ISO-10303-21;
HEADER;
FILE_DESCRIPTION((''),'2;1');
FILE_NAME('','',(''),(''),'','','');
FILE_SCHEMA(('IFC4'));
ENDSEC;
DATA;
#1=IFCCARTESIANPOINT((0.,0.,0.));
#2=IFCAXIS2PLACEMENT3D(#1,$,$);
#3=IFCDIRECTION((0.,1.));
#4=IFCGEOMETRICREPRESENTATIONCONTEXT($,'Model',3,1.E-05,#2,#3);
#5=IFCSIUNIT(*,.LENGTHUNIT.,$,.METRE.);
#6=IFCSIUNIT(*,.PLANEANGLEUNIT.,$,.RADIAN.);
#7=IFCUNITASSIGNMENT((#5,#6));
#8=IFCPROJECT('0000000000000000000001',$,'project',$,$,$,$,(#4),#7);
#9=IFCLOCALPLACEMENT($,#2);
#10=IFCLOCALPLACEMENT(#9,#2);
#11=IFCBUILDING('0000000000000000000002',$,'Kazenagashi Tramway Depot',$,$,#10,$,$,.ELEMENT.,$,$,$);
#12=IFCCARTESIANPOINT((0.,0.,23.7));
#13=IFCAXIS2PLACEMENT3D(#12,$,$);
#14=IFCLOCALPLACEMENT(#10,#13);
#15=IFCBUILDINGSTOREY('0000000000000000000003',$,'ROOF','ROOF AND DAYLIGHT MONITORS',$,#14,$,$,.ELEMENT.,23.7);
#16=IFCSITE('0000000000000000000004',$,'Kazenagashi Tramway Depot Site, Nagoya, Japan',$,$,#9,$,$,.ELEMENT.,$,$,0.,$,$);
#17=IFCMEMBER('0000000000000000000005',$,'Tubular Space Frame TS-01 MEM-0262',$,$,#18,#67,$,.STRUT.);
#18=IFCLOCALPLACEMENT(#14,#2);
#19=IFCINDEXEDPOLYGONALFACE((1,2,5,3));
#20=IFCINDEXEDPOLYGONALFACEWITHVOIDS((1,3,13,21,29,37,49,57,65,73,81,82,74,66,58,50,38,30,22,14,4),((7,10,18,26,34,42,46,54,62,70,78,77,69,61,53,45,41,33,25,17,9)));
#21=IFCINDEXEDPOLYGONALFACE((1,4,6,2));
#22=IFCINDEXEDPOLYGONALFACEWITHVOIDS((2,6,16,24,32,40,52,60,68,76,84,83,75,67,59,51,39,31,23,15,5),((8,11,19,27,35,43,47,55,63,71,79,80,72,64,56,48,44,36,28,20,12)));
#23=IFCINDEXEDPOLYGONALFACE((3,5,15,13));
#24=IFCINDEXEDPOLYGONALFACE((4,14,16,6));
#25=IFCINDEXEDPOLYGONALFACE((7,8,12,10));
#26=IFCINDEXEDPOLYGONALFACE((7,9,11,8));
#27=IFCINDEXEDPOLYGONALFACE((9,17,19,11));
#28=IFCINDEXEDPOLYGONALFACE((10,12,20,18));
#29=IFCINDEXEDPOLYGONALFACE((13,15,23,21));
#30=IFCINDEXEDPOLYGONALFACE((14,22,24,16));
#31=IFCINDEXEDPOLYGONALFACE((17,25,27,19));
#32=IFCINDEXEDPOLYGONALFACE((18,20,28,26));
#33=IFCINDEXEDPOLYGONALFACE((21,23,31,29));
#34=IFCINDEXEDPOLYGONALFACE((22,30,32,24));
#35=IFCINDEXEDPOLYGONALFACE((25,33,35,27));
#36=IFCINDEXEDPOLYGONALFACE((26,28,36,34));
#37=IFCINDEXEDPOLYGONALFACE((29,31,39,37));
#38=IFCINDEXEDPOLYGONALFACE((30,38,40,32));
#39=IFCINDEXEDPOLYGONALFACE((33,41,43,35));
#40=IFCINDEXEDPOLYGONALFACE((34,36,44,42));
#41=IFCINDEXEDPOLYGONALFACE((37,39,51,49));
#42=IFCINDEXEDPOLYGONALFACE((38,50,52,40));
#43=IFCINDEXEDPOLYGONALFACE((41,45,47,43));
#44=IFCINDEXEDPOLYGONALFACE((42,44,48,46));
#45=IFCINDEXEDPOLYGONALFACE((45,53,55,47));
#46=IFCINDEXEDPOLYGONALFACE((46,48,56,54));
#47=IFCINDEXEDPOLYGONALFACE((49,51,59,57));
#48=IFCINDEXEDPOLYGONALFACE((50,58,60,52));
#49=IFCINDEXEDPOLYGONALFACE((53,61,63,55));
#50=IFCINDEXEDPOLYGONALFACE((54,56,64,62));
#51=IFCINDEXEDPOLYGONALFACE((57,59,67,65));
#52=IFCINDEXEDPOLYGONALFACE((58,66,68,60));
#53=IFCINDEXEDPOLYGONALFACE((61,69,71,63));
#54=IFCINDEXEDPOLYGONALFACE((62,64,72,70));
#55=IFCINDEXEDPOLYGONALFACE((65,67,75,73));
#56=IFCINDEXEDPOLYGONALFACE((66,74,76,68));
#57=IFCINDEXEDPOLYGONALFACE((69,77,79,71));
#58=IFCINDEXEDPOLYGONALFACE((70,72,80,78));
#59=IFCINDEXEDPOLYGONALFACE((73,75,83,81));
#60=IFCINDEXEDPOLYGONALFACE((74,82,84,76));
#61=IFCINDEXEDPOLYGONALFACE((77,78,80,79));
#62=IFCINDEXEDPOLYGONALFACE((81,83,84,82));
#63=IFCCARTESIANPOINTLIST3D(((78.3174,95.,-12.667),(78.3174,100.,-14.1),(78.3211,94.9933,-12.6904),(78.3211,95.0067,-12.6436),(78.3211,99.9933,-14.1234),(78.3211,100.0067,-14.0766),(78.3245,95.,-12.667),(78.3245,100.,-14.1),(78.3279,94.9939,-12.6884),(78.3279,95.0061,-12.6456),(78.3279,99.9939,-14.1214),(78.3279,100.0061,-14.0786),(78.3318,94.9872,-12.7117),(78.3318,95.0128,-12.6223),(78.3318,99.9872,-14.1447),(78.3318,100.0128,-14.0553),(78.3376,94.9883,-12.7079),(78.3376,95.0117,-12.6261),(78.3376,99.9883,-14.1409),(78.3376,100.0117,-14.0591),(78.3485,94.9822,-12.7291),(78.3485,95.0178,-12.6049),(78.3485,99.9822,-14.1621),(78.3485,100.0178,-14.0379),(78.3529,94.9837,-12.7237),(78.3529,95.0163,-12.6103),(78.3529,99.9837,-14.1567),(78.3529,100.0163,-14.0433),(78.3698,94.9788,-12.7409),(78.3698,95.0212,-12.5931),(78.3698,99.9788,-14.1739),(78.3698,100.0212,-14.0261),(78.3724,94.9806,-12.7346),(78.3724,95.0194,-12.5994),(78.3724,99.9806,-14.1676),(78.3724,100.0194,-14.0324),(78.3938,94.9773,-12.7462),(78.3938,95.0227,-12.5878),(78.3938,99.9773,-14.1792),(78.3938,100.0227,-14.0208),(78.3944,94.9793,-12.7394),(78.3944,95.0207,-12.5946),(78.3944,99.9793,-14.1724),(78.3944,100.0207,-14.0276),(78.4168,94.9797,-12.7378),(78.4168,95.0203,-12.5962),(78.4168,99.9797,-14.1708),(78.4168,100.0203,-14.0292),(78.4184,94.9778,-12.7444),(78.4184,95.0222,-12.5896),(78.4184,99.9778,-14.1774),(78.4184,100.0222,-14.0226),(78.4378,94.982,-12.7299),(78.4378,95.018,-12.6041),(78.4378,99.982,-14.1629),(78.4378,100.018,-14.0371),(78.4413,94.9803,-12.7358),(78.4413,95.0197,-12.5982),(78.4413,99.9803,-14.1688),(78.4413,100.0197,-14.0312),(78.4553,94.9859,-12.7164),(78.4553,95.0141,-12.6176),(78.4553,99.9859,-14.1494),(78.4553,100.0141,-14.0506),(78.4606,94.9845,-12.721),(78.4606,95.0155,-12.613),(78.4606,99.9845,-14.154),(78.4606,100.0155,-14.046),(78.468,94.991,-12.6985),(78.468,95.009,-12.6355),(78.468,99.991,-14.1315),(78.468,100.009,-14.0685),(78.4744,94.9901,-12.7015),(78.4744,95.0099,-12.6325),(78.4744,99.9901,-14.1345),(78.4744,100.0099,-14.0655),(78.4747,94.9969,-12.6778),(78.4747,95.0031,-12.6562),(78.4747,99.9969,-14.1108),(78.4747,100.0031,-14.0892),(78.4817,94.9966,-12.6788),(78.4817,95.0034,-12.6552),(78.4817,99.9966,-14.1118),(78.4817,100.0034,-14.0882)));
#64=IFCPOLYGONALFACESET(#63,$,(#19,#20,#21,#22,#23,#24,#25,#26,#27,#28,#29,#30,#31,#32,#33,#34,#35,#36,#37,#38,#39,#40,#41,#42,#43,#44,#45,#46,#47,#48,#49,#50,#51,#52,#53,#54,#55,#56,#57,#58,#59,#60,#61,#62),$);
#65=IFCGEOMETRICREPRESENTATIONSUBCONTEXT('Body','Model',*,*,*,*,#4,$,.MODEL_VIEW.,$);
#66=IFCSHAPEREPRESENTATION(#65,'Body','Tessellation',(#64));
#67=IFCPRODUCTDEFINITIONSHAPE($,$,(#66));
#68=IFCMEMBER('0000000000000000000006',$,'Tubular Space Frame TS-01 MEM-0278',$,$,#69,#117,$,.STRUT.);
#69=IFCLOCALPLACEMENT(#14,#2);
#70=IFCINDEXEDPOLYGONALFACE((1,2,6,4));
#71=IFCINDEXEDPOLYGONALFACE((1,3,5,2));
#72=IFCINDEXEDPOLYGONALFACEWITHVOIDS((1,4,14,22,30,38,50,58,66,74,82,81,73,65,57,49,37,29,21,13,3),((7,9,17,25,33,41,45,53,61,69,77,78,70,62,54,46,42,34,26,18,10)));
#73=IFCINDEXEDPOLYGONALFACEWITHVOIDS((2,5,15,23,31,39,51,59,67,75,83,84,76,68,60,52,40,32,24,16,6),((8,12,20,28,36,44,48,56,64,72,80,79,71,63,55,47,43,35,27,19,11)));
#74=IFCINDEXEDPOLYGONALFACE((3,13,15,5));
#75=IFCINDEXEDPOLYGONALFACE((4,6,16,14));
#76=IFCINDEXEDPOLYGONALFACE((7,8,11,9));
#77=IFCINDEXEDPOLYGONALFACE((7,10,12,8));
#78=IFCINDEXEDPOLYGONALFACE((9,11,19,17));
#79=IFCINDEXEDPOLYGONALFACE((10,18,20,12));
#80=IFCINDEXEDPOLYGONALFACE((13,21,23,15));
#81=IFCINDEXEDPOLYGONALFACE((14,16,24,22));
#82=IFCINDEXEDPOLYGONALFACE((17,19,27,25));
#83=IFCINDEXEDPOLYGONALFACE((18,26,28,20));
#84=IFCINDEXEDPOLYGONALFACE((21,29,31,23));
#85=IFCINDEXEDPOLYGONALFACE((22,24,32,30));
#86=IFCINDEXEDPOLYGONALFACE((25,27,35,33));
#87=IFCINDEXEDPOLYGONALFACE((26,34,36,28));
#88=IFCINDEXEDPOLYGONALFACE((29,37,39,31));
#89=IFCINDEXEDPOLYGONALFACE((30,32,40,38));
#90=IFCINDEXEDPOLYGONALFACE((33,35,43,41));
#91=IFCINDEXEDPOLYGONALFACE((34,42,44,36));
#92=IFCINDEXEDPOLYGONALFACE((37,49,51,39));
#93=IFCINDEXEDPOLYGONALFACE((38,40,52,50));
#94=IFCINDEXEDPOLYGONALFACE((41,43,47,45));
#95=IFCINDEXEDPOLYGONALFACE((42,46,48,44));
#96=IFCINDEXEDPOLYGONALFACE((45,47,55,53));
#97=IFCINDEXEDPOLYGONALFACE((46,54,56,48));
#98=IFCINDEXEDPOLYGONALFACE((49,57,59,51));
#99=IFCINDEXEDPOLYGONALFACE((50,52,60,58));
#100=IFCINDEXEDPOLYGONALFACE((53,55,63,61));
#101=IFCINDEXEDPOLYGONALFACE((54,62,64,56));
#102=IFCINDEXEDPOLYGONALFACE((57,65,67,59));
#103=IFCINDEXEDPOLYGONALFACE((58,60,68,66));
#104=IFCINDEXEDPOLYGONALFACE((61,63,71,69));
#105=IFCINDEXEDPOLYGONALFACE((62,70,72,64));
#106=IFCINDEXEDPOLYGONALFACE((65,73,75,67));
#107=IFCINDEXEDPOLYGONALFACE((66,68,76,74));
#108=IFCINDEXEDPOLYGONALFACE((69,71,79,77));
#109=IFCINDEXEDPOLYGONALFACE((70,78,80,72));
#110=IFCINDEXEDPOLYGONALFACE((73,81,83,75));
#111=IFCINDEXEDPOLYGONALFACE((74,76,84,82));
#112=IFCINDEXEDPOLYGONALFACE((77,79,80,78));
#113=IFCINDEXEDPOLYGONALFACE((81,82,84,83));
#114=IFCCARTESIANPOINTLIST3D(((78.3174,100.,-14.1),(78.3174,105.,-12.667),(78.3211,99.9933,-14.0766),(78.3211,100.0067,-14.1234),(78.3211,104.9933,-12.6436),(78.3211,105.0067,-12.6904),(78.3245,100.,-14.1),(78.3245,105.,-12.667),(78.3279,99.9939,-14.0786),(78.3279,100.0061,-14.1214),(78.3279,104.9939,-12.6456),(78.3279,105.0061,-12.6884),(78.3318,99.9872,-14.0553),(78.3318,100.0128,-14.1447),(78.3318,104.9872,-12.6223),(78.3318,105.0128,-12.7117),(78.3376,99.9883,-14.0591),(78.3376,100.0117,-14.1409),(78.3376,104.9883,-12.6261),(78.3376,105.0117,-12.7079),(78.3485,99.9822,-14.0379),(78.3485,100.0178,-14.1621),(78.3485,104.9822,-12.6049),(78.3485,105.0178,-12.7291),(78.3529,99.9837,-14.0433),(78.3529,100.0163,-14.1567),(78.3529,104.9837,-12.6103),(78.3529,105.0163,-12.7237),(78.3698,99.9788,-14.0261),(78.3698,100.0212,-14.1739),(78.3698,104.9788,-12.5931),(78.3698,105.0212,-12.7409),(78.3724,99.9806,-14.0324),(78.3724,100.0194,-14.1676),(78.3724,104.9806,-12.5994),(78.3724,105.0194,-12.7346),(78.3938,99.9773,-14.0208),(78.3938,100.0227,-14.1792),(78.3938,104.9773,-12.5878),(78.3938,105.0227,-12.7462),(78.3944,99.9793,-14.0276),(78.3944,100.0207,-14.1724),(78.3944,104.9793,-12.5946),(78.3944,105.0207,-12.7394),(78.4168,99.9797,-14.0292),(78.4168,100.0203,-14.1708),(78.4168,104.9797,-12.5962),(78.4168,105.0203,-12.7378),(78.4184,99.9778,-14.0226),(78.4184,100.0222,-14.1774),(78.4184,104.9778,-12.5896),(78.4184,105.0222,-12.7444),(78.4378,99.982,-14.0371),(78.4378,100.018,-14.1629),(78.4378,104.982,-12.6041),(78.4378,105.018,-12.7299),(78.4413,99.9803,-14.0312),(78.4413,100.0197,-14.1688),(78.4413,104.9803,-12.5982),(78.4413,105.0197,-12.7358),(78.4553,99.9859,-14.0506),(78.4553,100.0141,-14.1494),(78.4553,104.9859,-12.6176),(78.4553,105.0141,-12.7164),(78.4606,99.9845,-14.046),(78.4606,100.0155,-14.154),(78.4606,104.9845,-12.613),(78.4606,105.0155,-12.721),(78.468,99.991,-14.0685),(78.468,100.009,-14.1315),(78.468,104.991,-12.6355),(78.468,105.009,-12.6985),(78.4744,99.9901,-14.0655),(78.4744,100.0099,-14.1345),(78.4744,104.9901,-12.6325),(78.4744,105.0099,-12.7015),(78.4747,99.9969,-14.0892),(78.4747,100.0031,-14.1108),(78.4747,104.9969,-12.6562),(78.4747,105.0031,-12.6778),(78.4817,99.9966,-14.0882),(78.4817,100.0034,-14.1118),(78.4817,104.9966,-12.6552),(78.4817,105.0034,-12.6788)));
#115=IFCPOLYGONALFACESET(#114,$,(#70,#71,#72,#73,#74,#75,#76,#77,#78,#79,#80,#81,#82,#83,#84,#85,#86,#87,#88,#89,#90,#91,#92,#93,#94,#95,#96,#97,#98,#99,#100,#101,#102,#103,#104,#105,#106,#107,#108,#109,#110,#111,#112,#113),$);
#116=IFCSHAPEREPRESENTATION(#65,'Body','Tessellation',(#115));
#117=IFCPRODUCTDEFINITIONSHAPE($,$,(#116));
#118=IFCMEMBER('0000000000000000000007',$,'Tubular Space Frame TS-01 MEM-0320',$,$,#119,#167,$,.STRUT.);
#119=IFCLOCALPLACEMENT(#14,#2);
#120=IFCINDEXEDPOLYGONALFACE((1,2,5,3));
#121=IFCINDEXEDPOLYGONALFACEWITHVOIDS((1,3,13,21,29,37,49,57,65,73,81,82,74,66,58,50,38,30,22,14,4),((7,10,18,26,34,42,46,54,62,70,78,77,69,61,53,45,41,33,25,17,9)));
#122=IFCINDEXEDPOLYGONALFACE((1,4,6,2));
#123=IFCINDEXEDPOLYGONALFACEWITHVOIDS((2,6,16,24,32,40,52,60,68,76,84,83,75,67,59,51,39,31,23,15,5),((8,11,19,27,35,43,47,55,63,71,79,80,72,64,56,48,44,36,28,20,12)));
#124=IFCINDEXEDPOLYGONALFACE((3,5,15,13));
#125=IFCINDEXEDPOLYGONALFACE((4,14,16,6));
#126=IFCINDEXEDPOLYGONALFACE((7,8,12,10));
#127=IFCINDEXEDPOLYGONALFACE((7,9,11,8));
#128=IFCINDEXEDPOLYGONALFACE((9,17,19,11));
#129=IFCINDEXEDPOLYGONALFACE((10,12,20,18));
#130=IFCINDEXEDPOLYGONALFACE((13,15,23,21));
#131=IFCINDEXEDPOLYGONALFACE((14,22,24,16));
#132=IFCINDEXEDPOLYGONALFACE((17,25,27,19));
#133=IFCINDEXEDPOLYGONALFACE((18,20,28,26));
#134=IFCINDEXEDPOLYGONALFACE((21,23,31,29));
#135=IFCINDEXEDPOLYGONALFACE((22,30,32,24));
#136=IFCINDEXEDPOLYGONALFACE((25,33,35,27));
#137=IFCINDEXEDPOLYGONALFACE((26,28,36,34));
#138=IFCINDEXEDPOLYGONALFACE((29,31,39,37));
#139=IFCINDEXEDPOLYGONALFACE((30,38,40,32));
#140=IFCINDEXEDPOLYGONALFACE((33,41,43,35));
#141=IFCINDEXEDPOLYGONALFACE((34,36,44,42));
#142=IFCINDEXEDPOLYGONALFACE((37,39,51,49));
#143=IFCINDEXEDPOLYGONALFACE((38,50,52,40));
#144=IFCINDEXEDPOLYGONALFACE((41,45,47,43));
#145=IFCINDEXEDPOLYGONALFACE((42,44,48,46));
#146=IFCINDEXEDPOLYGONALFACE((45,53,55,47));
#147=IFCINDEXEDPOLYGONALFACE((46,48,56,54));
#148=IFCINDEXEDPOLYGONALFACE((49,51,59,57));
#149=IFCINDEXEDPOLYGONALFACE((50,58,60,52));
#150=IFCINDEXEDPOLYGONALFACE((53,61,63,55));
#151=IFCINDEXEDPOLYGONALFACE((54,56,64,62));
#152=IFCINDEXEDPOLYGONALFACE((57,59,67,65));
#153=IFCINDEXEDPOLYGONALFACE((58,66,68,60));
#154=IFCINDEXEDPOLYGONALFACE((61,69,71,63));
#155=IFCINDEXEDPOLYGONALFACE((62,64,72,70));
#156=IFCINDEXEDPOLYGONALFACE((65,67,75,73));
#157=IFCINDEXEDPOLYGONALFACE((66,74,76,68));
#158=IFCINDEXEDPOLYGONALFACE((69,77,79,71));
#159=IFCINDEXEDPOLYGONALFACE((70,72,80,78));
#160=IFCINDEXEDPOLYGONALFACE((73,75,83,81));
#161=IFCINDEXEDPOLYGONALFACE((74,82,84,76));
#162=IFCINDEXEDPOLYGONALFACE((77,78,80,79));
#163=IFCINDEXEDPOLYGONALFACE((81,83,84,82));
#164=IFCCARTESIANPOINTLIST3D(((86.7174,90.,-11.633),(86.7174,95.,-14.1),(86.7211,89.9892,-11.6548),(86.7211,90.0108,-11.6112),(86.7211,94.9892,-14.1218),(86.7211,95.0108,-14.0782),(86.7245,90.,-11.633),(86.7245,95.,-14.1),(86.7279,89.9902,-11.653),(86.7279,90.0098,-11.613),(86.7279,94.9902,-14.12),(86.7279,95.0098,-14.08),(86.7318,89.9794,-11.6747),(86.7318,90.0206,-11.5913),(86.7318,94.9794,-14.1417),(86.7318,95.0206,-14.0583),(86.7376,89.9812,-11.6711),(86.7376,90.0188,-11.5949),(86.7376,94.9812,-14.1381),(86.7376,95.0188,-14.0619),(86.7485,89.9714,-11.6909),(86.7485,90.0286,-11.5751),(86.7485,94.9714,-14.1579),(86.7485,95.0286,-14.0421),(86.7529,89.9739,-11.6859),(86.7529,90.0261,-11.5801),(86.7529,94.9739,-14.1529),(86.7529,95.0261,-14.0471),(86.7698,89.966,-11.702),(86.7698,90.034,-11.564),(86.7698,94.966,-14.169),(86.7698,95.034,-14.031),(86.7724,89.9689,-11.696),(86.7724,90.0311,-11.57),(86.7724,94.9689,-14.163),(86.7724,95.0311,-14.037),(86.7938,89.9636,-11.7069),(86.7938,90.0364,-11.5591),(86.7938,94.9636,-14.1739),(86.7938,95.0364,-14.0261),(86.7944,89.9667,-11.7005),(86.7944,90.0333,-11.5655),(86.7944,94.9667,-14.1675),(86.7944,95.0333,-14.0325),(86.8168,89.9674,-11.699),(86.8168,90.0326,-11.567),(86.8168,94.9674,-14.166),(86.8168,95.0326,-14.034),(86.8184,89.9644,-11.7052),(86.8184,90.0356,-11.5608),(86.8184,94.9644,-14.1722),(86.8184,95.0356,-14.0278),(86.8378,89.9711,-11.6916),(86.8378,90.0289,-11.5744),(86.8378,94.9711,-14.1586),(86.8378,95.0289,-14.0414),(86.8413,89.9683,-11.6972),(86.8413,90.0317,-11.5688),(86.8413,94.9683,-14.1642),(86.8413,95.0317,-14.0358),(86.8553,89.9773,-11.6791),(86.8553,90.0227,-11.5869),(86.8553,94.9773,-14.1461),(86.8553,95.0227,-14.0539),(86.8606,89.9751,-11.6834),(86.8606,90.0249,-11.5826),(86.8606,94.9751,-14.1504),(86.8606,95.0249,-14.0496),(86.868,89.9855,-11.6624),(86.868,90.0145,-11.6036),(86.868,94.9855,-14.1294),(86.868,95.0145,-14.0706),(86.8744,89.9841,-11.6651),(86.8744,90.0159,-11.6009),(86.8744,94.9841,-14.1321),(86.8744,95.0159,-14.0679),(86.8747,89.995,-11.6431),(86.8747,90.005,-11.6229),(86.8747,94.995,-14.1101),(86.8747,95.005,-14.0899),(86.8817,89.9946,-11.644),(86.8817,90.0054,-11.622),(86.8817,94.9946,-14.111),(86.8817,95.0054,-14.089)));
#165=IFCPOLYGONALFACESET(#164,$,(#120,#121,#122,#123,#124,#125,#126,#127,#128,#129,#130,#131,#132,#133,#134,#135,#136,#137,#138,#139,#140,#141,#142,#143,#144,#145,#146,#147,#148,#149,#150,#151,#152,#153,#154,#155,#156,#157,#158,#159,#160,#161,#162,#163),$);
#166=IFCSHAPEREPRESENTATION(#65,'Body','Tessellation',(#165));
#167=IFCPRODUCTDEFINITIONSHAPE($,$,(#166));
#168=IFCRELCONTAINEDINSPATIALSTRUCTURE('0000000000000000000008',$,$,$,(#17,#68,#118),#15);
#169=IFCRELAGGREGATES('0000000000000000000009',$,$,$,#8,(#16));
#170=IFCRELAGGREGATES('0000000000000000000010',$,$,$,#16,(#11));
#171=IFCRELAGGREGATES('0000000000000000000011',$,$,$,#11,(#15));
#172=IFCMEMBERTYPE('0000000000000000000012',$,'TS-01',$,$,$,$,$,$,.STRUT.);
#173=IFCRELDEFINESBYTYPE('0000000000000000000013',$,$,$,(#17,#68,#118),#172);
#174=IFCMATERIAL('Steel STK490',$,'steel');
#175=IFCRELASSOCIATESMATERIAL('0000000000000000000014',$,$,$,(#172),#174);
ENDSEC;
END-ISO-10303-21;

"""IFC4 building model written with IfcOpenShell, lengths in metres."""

from ifc_helpers import new_model, si_unit, direction, frame, origin, origin_2d, place, context, subcontext, project, spatial, hollow_circle, extrude, material, material_profile, profile_set, type_object, element, save


model = new_model("IFC4")

# Units and contexts
model_context = context("Model", 3, precision=1e-05, world=origin(), true_north=direction((0.0, 1.0)))
body_context = subcontext(model_context, "Body", "Model", "MODEL_VIEW")
ifc_project = project(units=[si_unit("LENGTHUNIT", "METRE"), si_unit("PLANEANGLEUNIT", "RADIAN")], contexts=[model_context])

# Site, building, storey
site_placement = place(None, origin())
site = spatial("IfcSite", under=ifc_project, at=site_placement, Name="Kazenagashi Tramway Depot Site, Nagoya, Japan", CompositionType="ELEMENT", RefElevation=0.0)
building_placement = place(site_placement, origin())
building = spatial("IfcBuilding", under=site, at=building_placement, Name="Kazenagashi Tramway Depot", CompositionType="ELEMENT")
storey_placement = place(building_placement, frame((0.0, 0.0, 23.7)))
storey = spatial("IfcBuildingStorey", under=building, at=storey_placement, Name="ROOF", Description="ROOF AND DAYLIGHT MONITORS", CompositionType="ELEMENT", Elevation=23.7)

# Members
ifc_material_1 = material(Name="Steel STK490", Category="steel")
ifc_material_profile_1 = material_profile(ifc_material_1, hollow_circle(Radius=0.0826, WallThickness=0.0071, at=origin_2d()), Name="CHS-165.2x7.1")
ifc_profile_set_1 = profile_set([ifc_material_profile_1], Name="Steel STK490")
member_type_1 = type_object("IfcMemberType", Name="TS-01", PredefinedType="STRUT", material=ifc_profile_set_1)
for number, where, z_axis, x_axis, name in (
    (1, (78.4, 95.0, -12.667), (0.0, 0.961299, -0.275508), (-1.0, 0.0, 0.0), "Tubular Space Frame TS-01 MEM-0262"),
    (2, (78.4, 100.0, -14.1), (0.0, 0.961299, 0.275508), (-1.0, 0.0, 0.0), "Tubular Space Frame TS-01 MEM-0278"),
):
    element("IfcMember", number, at=place(storey_placement, frame(where, z_axis=z_axis, x_axis=x_axis)), inside=storey, type_object=member_type_1, Name=name, PredefinedType="STRUT", context=body_context, shape_type="SweptSolid", body=[
        extrude(hollow_circle(Radius=0.0826, WallThickness=0.0071, at=origin_2d()), origin(), (0.0, 0.0, 1.0), 5.2013),
    ])
member_1_placement = place(storey_placement, frame((86.8, 90.0, -11.633), z_axis=(0.0, 0.896782, -0.442472), x_axis=(-1.0, 0.0, 0.0)))
element("IfcMember", 3, at=member_1_placement, inside=storey, type_object=member_type_1, Name="Tubular Space Frame TS-01 MEM-0320", PredefinedType="STRUT", context=body_context, shape_type="SweptSolid", body=[
    extrude(hollow_circle(Radius=0.0826, WallThickness=0.0071, at=origin_2d()), origin(), (0.0, 0.0, 1.0), 5.5755),
])

save(model, "model.ifc")
